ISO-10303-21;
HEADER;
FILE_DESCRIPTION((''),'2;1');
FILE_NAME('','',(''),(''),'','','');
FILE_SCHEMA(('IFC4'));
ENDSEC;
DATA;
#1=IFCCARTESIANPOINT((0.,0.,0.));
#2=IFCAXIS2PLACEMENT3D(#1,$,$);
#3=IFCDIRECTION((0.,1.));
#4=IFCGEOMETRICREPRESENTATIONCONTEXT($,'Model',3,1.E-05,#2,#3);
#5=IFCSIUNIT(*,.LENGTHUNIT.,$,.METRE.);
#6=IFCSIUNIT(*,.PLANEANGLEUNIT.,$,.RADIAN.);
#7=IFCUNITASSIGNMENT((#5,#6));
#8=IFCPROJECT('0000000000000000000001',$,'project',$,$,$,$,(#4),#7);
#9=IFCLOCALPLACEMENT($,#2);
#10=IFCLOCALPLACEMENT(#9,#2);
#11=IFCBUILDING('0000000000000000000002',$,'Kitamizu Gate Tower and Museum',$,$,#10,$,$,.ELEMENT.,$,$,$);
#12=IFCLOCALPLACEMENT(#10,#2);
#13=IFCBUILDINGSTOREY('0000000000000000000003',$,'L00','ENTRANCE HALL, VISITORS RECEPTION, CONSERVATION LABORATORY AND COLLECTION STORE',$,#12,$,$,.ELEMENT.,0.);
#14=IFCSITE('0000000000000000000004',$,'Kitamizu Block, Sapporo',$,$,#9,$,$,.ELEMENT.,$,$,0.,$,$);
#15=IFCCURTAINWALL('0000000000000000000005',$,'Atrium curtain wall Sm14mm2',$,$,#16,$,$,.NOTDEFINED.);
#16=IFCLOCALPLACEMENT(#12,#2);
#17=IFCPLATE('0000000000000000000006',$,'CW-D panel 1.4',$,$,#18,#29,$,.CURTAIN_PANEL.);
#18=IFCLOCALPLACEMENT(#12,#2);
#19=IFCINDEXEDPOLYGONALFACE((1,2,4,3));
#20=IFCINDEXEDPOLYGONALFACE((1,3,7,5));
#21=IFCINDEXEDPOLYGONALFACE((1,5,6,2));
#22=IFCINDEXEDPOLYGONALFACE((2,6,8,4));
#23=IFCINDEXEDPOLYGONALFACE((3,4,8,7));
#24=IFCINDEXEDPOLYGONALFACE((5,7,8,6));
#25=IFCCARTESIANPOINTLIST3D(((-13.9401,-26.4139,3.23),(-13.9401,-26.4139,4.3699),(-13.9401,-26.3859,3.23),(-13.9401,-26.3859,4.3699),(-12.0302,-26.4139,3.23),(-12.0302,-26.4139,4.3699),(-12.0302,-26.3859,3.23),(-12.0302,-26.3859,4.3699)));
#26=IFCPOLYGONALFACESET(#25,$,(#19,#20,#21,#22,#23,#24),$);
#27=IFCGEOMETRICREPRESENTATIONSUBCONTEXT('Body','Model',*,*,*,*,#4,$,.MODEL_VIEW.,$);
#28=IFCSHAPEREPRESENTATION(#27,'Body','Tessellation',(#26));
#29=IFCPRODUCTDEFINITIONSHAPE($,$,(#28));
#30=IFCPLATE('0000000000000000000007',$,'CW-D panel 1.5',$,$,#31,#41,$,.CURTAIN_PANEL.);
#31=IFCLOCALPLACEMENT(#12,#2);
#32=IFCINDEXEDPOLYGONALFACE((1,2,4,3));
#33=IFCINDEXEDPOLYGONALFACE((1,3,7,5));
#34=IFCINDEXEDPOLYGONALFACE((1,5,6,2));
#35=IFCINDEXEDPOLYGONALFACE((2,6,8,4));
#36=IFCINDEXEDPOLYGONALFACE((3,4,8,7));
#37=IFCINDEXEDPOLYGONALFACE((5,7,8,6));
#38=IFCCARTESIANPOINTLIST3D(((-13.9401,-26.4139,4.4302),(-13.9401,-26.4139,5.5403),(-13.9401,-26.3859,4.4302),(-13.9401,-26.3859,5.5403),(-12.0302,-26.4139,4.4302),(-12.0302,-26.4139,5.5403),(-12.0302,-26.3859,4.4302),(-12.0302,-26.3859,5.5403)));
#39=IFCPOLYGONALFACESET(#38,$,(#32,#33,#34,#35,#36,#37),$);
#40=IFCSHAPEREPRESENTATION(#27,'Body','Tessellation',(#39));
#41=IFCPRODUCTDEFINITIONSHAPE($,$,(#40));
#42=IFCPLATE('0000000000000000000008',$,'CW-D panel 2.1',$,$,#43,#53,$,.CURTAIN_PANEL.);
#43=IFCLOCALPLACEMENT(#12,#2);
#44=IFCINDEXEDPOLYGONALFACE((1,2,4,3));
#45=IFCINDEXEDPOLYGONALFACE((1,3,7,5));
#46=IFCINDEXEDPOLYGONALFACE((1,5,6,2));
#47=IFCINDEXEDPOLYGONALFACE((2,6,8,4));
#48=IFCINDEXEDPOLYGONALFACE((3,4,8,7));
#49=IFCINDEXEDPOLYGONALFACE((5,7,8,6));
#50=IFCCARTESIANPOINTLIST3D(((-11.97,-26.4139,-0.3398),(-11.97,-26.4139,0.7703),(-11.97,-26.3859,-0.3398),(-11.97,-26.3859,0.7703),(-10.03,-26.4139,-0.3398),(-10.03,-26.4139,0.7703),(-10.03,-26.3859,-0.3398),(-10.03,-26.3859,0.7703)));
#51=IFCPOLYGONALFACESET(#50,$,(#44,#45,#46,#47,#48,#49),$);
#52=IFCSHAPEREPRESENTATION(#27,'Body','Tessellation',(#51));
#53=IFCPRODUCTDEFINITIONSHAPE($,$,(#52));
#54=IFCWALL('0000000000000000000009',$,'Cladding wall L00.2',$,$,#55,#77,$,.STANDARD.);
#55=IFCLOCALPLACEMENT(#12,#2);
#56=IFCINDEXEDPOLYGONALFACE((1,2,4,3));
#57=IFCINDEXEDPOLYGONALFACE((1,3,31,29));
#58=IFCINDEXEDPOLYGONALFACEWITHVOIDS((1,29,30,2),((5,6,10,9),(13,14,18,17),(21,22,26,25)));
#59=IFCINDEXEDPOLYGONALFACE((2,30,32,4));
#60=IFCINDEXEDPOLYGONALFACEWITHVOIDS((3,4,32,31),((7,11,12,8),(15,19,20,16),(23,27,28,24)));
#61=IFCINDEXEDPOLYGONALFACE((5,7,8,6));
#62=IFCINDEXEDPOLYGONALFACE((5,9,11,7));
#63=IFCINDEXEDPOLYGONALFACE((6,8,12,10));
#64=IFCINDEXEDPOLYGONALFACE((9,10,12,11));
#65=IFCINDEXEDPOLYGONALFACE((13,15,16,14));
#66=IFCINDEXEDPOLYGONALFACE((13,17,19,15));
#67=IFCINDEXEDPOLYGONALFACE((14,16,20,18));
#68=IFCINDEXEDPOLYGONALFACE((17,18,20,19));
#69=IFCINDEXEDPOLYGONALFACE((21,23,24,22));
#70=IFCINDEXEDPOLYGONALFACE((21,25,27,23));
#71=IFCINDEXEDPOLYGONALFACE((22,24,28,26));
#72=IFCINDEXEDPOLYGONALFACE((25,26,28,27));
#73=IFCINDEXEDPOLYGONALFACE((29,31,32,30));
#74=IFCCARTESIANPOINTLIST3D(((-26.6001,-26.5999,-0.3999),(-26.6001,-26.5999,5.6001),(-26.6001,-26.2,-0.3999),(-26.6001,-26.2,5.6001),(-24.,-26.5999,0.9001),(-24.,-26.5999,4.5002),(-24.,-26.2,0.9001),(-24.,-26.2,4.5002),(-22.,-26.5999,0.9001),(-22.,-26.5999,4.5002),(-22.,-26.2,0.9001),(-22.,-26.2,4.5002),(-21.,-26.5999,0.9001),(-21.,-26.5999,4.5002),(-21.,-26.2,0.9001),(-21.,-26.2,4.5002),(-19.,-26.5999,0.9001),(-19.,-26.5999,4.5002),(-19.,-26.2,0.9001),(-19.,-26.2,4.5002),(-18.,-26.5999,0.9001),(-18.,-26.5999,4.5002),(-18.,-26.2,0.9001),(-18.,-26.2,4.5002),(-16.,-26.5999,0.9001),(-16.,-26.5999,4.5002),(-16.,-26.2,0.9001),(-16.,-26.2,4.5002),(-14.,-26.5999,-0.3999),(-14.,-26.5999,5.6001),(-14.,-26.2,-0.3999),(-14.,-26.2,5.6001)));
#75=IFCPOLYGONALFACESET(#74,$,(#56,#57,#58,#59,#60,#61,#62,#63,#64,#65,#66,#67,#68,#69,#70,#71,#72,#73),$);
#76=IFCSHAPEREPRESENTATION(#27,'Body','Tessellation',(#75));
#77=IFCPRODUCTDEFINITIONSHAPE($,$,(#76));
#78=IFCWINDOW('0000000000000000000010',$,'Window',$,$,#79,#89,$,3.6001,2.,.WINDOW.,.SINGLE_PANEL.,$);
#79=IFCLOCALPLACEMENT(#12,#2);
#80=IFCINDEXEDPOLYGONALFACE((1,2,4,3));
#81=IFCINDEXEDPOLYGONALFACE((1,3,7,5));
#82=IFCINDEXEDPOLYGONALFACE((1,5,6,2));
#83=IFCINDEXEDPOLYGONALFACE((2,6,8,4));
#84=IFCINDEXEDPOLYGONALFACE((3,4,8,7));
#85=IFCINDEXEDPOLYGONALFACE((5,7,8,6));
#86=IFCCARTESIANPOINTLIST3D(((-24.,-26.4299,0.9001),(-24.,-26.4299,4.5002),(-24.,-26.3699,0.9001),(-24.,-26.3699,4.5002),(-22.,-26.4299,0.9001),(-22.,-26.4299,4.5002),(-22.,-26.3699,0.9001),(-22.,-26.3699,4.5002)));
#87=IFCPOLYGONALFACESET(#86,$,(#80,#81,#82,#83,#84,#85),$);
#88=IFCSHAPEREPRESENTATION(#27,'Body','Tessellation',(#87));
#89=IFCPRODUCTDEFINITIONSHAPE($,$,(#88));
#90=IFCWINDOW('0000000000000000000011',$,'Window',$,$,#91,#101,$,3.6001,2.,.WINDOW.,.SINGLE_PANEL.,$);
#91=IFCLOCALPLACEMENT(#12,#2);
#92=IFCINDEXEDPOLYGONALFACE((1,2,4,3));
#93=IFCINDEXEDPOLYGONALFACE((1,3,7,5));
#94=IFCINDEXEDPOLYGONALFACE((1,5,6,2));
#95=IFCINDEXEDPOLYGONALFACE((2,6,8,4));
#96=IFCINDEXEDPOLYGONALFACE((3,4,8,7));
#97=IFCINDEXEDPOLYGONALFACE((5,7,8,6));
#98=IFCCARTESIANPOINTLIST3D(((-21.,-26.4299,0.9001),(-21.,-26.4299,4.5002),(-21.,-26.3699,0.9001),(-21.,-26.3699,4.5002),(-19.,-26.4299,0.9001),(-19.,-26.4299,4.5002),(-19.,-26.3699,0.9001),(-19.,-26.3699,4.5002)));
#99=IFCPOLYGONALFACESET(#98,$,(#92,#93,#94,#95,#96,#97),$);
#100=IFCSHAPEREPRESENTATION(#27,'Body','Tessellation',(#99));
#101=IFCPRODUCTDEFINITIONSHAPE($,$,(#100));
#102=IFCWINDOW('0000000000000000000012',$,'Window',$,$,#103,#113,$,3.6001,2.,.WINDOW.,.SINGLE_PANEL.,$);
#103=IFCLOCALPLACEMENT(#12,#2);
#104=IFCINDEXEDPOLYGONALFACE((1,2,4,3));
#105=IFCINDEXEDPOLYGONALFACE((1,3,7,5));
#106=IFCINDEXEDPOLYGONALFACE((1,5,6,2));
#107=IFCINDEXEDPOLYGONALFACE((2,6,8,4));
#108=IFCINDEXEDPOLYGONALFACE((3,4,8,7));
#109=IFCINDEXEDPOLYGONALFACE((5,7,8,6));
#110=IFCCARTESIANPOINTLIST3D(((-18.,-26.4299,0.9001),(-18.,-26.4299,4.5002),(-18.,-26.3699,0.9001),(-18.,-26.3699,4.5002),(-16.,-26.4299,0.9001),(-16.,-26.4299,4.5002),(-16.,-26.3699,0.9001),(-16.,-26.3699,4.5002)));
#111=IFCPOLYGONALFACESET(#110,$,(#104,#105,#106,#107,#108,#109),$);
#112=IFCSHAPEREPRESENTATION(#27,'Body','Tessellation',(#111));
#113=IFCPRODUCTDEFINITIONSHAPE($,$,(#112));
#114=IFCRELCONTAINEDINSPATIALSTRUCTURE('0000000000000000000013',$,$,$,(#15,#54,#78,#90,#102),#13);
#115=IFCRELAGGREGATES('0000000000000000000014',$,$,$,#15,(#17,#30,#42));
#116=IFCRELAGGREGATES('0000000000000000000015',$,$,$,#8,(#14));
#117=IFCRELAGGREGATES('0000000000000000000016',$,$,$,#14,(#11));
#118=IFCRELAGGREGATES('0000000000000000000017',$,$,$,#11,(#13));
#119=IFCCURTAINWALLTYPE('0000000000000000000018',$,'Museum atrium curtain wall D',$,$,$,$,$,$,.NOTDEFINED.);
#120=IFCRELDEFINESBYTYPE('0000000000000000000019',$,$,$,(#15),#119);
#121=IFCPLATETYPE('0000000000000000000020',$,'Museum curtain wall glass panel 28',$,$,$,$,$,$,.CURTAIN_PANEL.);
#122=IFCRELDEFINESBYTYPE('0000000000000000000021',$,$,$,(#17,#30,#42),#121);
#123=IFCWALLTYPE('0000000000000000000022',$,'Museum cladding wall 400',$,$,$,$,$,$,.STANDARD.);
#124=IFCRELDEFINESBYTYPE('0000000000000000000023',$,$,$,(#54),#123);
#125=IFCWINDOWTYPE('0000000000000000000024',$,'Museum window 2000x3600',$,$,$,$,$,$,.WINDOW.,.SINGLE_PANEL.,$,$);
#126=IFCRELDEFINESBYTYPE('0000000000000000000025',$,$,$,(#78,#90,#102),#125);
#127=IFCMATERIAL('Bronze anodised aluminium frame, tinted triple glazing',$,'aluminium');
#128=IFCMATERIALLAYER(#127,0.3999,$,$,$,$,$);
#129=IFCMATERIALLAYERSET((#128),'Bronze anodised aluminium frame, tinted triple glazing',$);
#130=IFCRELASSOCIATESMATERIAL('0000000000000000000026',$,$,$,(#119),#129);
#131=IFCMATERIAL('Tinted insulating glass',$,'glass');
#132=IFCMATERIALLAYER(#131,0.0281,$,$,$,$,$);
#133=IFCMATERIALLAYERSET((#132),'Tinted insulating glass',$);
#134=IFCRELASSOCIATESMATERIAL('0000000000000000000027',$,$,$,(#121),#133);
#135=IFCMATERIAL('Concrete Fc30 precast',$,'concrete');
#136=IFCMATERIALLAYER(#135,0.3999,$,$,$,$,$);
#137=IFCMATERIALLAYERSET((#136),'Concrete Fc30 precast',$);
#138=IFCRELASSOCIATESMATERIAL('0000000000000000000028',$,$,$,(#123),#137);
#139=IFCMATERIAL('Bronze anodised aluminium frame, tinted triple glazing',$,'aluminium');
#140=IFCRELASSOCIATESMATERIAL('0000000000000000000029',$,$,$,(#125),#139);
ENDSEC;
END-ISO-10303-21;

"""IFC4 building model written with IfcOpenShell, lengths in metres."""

from ifc_helpers import new_model, si_unit, direction, frame, frame_2d, origin, origin_2d, place, context, subcontext, project, spatial, rectangle, extrude, material, layer, layer_set, type_object, element, fill, aggregate, save


model = new_model("IFC4")

# Units and contexts
model_context = context("Model", 3, precision=1e-05, world=origin(), true_north=direction((0.0, 1.0)))
body_context = subcontext(model_context, "Body", "Model", "MODEL_VIEW")
ifc_project = project(units=[si_unit("LENGTHUNIT", "METRE"), si_unit("PLANEANGLEUNIT", "RADIAN")], contexts=[model_context])

# Site, building, storey
site_placement = place(None, origin())
site = spatial("IfcSite", under=ifc_project, at=site_placement, Name="Kitamizu Block, Sapporo", CompositionType="ELEMENT", RefElevation=0.0)
building_placement = place(site_placement, origin())
building = spatial("IfcBuilding", under=site, at=building_placement, Name="Kitamizu Gate Tower and Museum", CompositionType="ELEMENT")
storey_placement = place(building_placement, origin())
storey = spatial("IfcBuildingStorey", under=building, at=storey_placement, Name="L00", Description="ENTRANCE HALL, VISITORS RECEPTION, CONSERVATION LABORATORY AND COLLECTION STORE", CompositionType="ELEMENT", Elevation=0.0)

# Curtain wall, plates
ifc_material_1 = material(Name="Bronze anodised aluminium frame, tinted triple glazing", Category="aluminium")
ifc_layer_1 = layer(ifc_material_1, 0.3999)
ifc_layer_set_1 = layer_set([ifc_layer_1], Name="Bronze anodised aluminium frame, tinted triple glazing")
curtain_wall_type = type_object("IfcCurtainWallType", Name="Museum atrium curtain wall D", PredefinedType="NOTDEFINED", material=ifc_layer_set_1)
curtain_wall_placement = place(storey_placement, origin())
curtain_wall = element("IfcCurtainWall", 1, at=curtain_wall_placement, inside=storey, type_object=curtain_wall_type, Name="Atrium curtain wall Sm14mm2", PredefinedType="NOTDEFINED")
ifc_material_2 = material(Name="Tinted insulating glass", Category="glass")
ifc_layer_2 = layer(ifc_material_2, 0.0281)
ifc_layer_set_2 = layer_set([ifc_layer_2], Name="Tinted insulating glass")
plate_type = type_object("IfcPlateType", Name="Museum curtain wall glass panel 28", PredefinedType="CURTAIN_PANEL", material=ifc_layer_set_2)
plate_1_placement = place(storey_placement, frame((-12.9851, -26.3999, 3.23), z_axis=(0.0, 0.0, 1.0), x_axis=(1.0, 0.0, 0.0)))
plate_1 = element("IfcPlate", 2, at=plate_1_placement, type_object=plate_type, Name="CW-D panel 1.4", PredefinedType="CURTAIN_PANEL", context=body_context, shape_type="SweptSolid", body=[
    extrude(rectangle(XDim=1.9099, YDim=0.0281, at=origin_2d()), origin(), (0.0, 0.0, 1.0), 1.1399),
])
plate_2_placement = place(storey_placement, frame((-12.9851, -26.3999, 4.4302), z_axis=(0.0, 0.0, 1.0), x_axis=(1.0, 0.0, 0.0)))
plate_2 = element("IfcPlate", 3, at=plate_2_placement, type_object=plate_type, Name="CW-D panel 1.5", PredefinedType="CURTAIN_PANEL", context=body_context, shape_type="SweptSolid", body=[
    extrude(rectangle(XDim=1.9099, YDim=0.0281, at=origin_2d()), origin(), (0.0, 0.0, 1.0), 1.1101),
])
plate_3_placement = place(storey_placement, frame((-11.0, -26.3999, -0.3398), z_axis=(0.0, 0.0, 1.0), x_axis=(1.0, 0.0, 0.0)))
plate_3 = element("IfcPlate", 4, at=plate_3_placement, type_object=plate_type, Name="CW-D panel 2.1", PredefinedType="CURTAIN_PANEL", context=body_context, shape_type="SweptSolid", body=[
    extrude(rectangle(XDim=1.9399, YDim=0.0281, at=origin_2d()), origin(), (0.0, 0.0, 1.0), 1.1101),
])
aggregate(curtain_wall, [plate_1, plate_2, plate_3])

# Wall, openings, windows
ifc_material_3 = material(Name="Concrete Fc30 precast", Category="concrete")
ifc_layer_3 = layer(ifc_material_3, 0.3999)
ifc_layer_set_3 = layer_set([ifc_layer_3], Name="Concrete Fc30 precast")
wall_type = type_object("IfcWallType", Name="Museum cladding wall 400", PredefinedType="STANDARD", material=ifc_layer_set_3)
wall_placement = place(storey_placement, frame((-26.6001, -26.3999, -0.3999), z_axis=(0.0, 0.0, 1.0), x_axis=(1.0, 0.0, 0.0)))
wall = element("IfcWall", 5, at=wall_placement, inside=storey, type_object=wall_type, Name="Cladding wall L00.2", PredefinedType="STANDARD", context=body_context, shape_type="SweptSolid", body=[
    extrude(rectangle(XDim=12.6001, YDim=0.3999, at=frame_2d((6.3, 0.0))), origin(), (0.0, 0.0, 1.0), 6.0),
])
opening_1_placement = place(wall_placement, frame((2.6001, 0.0, 1.3)))
opening_1 = element("IfcOpeningElement", 6, at=opening_1_placement, cuts=wall, PredefinedType="OPENING", context=body_context, shape_type="SweptSolid", body=[
    extrude(rectangle(XDim=2.0, YDim=3.6001, at=frame_2d((1.0, 1.8))), frame((0.0, 0.21, 0.0), z_axis=(0.0, -1.0, 0.0), x_axis=(1.0, 0.0, 0.0)), (0.0, 0.0, 1.0), 0.4199),
])
opening_2_placement = place(wall_placement, frame((5.6001, 0.0, 1.3)))
opening_2 = element("IfcOpeningElement", 7, at=opening_2_placement, cuts=wall, PredefinedType="OPENING", context=body_context, shape_type="SweptSolid", body=[
    extrude(rectangle(XDim=2.0, YDim=3.6001, at=frame_2d((1.0, 1.8))), frame((0.0, 0.21, 0.0), z_axis=(0.0, -1.0, 0.0), x_axis=(1.0, 0.0, 0.0)), (0.0, 0.0, 1.0), 0.4199),
])
opening_3_placement = place(wall_placement, frame((8.6001, 0.0, 1.3)))
opening_3 = element("IfcOpeningElement", 8, at=opening_3_placement, cuts=wall, PredefinedType="OPENING", context=body_context, shape_type="SweptSolid", body=[
    extrude(rectangle(XDim=2.0, YDim=3.6001, at=frame_2d((1.0, 1.8))), frame((0.0, 0.21, 0.0), z_axis=(0.0, -1.0, 0.0), x_axis=(1.0, 0.0, 0.0)), (0.0, 0.0, 1.0), 0.4199),
])
ifc_material_4 = material(Name="Bronze anodised aluminium frame, tinted triple glazing", Category="aluminium")
window_type = type_object("IfcWindowType", Name="Museum window 2000x3600", PartitioningType="SINGLE_PANEL", PredefinedType="WINDOW", material=ifc_material_4)
window_1_placement = place(opening_1_placement, origin())
window_1 = element("IfcWindow", 9, at=window_1_placement, inside=storey, type_object=window_type, Name="Window", OverallHeight=3.6001, OverallWidth=2.0, PartitioningType="SINGLE_PANEL", PredefinedType="WINDOW", context=body_context, shape_type="SweptSolid", body=[
    extrude(rectangle(XDim=2.0, YDim=3.6001, at=frame_2d((1.0, 1.8))), frame((0.0, 0.03, 0.0), z_axis=(0.0, -1.0, 0.0), x_axis=(1.0, 0.0, 0.0)), (0.0, 0.0, 1.0), 0.0601),
])
fill(opening_1, window_1)
window_2_placement = place(opening_2_placement, origin())
window_2 = element("IfcWindow", 10, at=window_2_placement, inside=storey, type_object=window_type, Name="Window", OverallHeight=3.6001, OverallWidth=2.0, PartitioningType="SINGLE_PANEL", PredefinedType="WINDOW", context=body_context, shape_type="SweptSolid", body=[
    extrude(rectangle(XDim=2.0, YDim=3.6001, at=frame_2d((1.0, 1.8))), frame((0.0, 0.03, 0.0), z_axis=(0.0, -1.0, 0.0), x_axis=(1.0, 0.0, 0.0)), (0.0, 0.0, 1.0), 0.0601),
])
fill(opening_2, window_2)
window_3_placement = place(opening_3_placement, origin())
window_3 = element("IfcWindow", 11, at=window_3_placement, inside=storey, type_object=window_type, Name="Window", OverallHeight=3.6001, OverallWidth=2.0, PartitioningType="SINGLE_PANEL", PredefinedType="WINDOW", context=body_context, shape_type="SweptSolid", body=[
    extrude(rectangle(XDim=2.0, YDim=3.6001, at=frame_2d((1.0, 1.8))), frame((0.0, 0.03, 0.0), z_axis=(0.0, -1.0, 0.0), x_axis=(1.0, 0.0, 0.0)), (0.0, 0.0, 1.0), 0.0601),
])
fill(opening_3, window_3)

save(model, "model.ifc")
